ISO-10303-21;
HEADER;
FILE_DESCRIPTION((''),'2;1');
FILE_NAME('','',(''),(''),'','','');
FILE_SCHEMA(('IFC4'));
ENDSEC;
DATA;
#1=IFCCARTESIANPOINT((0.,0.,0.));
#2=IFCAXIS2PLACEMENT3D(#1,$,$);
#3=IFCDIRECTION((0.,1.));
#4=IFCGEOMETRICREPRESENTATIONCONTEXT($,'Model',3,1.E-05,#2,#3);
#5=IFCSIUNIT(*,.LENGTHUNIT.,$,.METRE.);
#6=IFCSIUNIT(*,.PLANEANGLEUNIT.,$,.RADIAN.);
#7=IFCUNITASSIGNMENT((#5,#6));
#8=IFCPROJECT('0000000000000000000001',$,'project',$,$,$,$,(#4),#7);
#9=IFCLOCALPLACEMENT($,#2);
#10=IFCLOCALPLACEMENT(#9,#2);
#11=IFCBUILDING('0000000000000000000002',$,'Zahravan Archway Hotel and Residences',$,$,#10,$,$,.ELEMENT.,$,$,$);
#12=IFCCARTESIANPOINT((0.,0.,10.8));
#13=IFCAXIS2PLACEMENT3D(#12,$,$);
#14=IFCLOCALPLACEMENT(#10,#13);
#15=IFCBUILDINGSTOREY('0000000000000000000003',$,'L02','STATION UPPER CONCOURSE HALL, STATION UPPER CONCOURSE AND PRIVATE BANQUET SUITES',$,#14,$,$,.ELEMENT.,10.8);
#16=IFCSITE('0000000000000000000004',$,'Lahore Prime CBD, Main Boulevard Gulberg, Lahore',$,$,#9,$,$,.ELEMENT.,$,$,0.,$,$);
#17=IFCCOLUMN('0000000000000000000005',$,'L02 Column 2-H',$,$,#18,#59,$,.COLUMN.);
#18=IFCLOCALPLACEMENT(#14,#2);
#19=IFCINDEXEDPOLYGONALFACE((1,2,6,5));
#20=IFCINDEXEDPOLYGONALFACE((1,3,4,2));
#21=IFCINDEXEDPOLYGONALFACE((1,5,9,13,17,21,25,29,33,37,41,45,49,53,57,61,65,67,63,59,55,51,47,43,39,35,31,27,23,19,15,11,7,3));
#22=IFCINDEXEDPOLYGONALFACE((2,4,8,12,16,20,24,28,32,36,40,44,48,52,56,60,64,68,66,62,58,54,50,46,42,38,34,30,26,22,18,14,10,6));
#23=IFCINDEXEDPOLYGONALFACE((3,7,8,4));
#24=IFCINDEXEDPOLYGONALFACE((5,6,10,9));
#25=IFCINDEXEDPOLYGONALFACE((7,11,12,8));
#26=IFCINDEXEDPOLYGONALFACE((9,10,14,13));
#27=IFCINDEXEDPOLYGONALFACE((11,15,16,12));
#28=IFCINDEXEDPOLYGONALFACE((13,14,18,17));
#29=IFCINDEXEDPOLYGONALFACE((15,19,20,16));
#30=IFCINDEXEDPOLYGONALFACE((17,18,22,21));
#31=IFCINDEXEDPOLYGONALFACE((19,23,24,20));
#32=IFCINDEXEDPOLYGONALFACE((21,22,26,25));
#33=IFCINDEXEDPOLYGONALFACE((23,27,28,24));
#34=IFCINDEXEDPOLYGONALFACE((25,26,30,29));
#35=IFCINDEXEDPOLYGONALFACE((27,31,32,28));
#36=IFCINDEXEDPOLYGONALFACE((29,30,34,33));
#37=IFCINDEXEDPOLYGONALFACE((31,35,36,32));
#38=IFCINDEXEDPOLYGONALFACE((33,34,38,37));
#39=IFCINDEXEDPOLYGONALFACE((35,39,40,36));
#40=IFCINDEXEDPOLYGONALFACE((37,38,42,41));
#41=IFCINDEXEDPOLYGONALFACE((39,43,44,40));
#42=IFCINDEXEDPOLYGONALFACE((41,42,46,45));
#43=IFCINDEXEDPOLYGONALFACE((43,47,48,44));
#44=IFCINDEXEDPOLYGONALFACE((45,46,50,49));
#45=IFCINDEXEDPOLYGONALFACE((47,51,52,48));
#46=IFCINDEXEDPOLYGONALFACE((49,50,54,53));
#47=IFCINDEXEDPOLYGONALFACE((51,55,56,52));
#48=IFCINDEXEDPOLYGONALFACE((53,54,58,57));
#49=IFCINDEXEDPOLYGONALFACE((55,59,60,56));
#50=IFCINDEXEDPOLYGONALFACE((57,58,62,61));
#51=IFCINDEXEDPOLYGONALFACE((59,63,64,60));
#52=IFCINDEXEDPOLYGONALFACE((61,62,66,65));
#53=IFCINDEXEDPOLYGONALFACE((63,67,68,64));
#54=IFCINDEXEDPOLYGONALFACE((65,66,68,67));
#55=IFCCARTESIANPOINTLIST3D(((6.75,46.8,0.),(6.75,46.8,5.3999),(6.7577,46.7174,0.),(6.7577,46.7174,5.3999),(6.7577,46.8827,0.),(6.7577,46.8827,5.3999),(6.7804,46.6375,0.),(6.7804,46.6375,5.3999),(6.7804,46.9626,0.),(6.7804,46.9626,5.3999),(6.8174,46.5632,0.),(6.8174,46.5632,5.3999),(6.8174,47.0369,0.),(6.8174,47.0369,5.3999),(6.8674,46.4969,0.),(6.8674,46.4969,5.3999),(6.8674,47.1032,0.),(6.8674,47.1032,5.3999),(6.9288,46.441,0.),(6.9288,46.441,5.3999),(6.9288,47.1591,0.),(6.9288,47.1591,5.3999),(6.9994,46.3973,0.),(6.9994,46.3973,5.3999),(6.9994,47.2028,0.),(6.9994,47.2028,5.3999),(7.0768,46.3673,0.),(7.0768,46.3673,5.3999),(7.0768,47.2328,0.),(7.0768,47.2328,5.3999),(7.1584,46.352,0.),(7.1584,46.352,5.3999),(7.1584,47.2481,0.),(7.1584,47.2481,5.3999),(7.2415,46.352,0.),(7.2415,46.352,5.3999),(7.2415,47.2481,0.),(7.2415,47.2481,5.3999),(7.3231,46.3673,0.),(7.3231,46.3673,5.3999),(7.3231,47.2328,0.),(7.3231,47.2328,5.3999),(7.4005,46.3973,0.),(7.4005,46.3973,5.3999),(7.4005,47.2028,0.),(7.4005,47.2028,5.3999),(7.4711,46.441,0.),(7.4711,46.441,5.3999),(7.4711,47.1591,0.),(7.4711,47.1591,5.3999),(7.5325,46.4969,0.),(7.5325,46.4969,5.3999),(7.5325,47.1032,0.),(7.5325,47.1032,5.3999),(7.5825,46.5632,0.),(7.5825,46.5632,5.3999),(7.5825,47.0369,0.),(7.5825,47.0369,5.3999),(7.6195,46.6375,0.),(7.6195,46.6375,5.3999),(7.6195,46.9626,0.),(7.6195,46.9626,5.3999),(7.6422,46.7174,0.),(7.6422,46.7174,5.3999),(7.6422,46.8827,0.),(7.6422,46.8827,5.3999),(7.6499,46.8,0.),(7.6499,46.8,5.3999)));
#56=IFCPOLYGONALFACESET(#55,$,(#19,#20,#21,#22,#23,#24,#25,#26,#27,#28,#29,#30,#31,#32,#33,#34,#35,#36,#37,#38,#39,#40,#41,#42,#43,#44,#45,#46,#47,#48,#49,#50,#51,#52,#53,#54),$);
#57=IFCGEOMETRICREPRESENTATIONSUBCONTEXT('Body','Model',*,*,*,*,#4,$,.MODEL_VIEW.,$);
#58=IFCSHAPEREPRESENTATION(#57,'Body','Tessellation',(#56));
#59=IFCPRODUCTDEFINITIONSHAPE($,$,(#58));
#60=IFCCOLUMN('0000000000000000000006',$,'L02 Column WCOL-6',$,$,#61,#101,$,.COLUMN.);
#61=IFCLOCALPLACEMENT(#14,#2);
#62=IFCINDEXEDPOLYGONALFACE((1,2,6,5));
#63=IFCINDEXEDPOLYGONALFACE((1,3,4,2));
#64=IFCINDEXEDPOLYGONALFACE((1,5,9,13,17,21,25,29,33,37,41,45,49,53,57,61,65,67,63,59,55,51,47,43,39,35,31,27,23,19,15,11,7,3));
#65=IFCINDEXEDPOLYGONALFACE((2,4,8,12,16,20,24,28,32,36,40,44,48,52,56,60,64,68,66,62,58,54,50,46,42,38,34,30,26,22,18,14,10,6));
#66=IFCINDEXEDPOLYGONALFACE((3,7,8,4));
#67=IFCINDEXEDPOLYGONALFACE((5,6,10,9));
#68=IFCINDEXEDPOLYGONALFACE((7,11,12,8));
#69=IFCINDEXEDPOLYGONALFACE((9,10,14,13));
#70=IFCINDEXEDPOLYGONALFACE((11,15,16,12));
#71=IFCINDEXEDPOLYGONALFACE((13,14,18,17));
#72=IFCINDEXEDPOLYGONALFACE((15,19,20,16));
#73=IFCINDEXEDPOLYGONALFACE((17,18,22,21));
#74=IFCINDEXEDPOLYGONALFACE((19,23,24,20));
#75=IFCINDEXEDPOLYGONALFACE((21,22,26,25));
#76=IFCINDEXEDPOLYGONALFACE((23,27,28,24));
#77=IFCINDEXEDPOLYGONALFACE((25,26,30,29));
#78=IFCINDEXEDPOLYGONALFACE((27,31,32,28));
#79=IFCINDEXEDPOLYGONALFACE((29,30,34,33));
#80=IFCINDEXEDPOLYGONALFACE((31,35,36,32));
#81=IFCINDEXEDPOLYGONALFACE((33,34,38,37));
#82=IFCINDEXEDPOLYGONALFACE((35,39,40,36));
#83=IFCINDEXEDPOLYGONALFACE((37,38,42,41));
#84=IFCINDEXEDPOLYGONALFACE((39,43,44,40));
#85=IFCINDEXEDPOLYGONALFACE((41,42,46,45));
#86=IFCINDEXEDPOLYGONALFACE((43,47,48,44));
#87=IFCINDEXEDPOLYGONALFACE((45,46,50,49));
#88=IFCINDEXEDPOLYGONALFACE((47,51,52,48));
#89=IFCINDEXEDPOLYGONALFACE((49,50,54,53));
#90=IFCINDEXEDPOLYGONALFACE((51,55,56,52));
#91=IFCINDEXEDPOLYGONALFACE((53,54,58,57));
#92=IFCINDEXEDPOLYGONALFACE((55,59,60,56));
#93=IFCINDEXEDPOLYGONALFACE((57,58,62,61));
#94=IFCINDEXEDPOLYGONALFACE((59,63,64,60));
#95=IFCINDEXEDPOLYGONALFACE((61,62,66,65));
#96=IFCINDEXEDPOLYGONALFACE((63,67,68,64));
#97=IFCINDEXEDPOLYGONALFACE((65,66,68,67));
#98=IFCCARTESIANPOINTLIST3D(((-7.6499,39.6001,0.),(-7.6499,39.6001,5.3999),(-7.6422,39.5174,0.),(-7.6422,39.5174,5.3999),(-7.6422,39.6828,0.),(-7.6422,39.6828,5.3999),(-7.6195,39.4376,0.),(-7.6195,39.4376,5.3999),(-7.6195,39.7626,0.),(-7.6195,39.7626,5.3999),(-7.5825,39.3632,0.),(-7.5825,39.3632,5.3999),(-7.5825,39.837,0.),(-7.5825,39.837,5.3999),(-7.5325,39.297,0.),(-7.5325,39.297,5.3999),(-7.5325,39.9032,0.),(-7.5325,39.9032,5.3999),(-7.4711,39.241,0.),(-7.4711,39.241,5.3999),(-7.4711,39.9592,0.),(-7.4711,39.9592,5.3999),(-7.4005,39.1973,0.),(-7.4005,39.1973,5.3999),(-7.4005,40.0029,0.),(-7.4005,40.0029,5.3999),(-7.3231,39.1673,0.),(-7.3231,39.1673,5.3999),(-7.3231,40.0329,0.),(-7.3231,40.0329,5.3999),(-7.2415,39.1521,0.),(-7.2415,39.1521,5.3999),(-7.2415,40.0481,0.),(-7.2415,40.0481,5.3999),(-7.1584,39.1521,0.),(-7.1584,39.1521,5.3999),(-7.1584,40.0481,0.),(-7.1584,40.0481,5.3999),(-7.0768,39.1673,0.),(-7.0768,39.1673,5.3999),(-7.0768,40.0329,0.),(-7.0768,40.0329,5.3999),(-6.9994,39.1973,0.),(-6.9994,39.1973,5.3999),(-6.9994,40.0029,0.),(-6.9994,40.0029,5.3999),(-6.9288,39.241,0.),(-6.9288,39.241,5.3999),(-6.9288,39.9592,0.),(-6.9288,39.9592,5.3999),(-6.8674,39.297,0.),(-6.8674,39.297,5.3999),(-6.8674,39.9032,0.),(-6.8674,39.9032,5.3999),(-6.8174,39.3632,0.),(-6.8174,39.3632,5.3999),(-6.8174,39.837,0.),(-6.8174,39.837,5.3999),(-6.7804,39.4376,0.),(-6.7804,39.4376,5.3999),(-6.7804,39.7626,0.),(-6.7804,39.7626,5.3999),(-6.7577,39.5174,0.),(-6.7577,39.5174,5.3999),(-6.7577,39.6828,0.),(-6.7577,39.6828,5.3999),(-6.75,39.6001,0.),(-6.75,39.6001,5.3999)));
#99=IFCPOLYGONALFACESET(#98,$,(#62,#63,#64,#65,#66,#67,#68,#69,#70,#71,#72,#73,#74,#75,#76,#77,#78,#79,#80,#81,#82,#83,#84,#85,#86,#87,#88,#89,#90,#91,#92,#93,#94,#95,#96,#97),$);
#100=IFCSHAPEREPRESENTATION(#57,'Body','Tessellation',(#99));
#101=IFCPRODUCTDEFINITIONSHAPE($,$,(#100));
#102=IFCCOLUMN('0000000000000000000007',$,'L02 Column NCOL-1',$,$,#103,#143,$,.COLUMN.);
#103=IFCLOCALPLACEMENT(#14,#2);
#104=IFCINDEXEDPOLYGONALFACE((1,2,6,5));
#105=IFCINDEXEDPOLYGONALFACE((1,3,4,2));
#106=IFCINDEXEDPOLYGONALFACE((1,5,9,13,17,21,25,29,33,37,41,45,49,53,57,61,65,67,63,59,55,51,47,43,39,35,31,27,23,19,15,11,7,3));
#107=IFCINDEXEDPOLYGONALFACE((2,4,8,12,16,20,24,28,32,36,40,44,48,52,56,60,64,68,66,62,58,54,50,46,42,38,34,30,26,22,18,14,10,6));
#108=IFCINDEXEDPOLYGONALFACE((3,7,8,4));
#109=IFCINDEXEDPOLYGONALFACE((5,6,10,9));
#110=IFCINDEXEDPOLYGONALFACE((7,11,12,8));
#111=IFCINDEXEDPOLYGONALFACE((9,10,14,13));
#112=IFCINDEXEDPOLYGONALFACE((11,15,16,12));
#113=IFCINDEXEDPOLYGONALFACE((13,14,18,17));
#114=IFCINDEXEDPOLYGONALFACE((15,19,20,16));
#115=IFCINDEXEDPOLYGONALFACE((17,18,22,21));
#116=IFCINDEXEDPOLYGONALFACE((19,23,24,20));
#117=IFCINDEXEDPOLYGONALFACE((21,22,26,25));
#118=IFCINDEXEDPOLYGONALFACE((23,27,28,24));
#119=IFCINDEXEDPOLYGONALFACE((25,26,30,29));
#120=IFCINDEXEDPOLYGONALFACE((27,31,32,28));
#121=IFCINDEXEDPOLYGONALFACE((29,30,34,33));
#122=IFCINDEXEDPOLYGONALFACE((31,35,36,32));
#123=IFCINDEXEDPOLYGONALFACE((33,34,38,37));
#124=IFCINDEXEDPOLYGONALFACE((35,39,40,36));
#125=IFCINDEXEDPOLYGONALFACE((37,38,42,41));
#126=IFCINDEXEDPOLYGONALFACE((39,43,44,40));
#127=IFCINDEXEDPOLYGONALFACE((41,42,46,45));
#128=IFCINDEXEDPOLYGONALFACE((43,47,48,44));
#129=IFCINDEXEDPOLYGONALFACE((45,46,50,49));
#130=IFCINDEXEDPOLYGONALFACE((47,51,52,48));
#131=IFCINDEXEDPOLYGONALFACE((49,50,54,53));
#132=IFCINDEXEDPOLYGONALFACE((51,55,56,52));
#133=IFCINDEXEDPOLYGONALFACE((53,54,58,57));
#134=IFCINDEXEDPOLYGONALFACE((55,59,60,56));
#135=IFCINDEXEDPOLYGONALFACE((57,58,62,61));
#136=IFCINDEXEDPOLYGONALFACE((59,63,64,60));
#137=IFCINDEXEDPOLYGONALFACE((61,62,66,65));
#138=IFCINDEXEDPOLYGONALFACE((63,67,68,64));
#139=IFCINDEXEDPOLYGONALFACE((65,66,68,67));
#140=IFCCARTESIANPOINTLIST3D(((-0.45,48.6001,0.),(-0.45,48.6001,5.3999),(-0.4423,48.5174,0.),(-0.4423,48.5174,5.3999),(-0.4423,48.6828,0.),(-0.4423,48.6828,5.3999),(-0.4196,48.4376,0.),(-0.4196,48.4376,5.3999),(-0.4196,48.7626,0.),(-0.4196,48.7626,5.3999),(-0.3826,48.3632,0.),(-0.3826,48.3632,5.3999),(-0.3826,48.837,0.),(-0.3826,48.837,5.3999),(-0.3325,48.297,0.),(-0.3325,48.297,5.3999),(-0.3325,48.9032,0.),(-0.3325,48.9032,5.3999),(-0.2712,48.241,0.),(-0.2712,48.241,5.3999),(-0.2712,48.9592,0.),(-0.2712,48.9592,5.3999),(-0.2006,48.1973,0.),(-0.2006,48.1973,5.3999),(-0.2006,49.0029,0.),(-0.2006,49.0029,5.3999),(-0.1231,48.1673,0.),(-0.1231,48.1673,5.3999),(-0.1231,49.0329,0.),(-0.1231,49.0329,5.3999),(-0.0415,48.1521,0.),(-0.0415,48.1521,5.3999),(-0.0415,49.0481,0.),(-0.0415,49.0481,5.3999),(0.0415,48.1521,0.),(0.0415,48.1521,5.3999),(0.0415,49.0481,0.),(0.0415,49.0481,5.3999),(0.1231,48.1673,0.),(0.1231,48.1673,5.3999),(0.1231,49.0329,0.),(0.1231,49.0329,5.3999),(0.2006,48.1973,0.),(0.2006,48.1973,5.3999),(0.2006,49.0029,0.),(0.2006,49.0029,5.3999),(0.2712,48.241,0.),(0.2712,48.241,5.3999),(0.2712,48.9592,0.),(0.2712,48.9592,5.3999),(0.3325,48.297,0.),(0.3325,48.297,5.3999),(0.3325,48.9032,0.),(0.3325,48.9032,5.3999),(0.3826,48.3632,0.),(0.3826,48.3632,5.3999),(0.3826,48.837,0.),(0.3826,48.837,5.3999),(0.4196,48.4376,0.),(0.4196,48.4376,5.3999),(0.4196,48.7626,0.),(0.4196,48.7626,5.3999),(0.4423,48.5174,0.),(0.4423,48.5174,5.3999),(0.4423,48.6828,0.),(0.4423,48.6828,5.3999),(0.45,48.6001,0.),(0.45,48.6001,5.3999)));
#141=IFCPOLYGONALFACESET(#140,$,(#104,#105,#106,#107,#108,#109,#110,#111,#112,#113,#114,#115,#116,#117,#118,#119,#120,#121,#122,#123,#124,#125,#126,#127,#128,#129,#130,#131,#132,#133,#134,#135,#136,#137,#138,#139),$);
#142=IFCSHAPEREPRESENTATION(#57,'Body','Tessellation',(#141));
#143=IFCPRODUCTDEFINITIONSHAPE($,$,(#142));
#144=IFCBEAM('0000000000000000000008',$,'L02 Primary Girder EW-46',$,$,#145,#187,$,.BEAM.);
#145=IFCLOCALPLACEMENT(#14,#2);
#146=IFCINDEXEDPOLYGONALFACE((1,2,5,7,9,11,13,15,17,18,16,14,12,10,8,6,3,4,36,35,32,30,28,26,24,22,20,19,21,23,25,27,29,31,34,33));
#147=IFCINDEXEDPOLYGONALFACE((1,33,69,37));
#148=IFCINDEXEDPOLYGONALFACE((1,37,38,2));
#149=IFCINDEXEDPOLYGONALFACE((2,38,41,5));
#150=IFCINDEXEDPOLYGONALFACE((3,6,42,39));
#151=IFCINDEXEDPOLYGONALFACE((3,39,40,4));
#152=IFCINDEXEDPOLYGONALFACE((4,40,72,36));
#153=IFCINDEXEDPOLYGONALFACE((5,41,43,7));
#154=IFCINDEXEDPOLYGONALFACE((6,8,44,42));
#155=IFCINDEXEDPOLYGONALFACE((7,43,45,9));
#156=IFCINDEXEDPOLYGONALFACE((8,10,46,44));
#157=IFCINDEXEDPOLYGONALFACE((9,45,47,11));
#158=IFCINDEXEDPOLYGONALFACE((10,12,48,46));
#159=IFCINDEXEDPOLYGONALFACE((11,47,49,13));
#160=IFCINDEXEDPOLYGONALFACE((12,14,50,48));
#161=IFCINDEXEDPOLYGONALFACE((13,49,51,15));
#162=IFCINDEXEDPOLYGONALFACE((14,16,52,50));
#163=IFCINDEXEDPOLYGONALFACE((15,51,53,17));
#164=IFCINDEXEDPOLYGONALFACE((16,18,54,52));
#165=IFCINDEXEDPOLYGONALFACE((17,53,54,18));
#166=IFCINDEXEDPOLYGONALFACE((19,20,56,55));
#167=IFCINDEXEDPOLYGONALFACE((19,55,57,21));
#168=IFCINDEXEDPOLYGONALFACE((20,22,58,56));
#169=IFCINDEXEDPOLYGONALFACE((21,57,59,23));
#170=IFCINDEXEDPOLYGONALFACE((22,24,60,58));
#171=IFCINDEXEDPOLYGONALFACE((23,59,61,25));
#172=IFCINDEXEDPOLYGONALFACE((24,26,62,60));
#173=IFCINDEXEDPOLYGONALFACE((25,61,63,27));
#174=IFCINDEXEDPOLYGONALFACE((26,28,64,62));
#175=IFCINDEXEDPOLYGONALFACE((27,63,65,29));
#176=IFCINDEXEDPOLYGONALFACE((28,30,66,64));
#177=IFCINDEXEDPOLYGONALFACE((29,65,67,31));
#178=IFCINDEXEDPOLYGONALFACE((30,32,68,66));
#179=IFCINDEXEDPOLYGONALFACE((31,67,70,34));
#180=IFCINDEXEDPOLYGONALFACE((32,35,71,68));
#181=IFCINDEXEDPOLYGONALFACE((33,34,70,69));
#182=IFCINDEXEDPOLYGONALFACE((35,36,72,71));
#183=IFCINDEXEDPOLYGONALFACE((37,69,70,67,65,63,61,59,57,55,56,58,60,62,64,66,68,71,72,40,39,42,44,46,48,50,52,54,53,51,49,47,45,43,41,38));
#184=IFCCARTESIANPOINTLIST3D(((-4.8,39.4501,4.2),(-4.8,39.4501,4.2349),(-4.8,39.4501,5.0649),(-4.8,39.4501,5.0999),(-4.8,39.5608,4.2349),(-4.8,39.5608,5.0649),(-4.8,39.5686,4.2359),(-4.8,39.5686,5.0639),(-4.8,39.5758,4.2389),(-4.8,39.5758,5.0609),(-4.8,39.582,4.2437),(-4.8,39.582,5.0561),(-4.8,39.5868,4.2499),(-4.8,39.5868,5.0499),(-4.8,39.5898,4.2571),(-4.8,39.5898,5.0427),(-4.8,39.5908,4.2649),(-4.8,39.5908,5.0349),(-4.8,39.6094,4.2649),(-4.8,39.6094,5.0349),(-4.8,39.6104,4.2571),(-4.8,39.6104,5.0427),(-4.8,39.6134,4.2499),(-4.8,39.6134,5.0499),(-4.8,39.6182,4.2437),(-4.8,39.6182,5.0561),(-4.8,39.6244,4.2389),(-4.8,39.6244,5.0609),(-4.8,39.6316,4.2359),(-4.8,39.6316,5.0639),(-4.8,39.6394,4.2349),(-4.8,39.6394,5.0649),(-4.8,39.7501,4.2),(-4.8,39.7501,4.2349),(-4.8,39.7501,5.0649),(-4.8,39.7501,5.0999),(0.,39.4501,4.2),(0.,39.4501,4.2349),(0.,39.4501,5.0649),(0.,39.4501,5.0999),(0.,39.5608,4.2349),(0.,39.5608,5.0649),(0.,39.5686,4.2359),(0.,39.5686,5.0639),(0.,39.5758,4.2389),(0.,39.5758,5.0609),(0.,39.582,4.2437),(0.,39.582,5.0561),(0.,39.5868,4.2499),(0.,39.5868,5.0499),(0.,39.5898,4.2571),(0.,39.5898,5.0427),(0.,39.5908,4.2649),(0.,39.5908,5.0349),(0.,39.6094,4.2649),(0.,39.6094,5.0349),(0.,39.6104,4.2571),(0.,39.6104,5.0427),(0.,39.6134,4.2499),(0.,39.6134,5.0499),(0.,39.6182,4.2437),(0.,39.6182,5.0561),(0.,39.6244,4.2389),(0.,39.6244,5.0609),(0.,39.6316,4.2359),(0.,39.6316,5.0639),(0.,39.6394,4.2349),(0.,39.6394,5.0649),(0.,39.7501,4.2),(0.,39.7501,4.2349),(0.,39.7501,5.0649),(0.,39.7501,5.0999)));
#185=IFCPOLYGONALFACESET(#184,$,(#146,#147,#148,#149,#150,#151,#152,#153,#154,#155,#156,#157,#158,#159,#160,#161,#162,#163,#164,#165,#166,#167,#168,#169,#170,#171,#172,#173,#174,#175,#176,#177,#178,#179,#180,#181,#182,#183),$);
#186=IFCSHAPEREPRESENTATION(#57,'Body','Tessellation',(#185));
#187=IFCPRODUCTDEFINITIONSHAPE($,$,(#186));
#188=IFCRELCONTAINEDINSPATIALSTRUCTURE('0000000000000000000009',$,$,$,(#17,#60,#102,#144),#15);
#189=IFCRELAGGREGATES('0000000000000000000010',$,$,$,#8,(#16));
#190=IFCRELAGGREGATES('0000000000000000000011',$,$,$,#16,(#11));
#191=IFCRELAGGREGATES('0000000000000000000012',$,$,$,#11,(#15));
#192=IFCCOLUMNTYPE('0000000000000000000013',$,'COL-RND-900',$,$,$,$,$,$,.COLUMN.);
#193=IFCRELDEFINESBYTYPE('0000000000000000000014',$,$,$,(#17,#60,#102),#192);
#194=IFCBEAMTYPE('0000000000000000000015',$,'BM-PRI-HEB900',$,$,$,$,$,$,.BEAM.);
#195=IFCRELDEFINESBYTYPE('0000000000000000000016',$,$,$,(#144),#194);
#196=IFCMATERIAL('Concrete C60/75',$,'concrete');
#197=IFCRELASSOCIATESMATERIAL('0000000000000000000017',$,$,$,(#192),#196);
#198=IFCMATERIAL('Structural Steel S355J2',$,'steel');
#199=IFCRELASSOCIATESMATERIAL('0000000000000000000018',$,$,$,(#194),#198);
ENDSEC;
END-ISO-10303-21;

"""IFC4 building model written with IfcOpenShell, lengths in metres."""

from ifc_helpers import new_model, si_unit, direction, frame, origin, origin_2d, place, context, subcontext, project, spatial, circle, i_section, extrude, source, transform, mapped, material, material_profile, profile_set, type_object, type_shapes, element, save


model = new_model("IFC4")

# Units and contexts
model_context = context("Model", 3, precision=1e-05, world=origin(), true_north=direction((0.0, 1.0)))
body_context = subcontext(model_context, "Body", "Model", "MODEL_VIEW")
ifc_project = project(units=[si_unit("LENGTHUNIT", "METRE"), si_unit("PLANEANGLEUNIT", "RADIAN")], contexts=[model_context])

# Site, building, storey
site_placement = place(None, origin())
site = spatial("IfcSite", under=ifc_project, at=site_placement, Name="Lahore Prime CBD, Main Boulevard Gulberg, Lahore", CompositionType="ELEMENT", RefElevation=0.0)
building_placement = place(site_placement, origin())
building = spatial("IfcBuilding", under=site, at=building_placement, Name="Zahravan Archway Hotel and Residences", CompositionType="ELEMENT")
storey_placement = place(building_placement, frame((0.0, 0.0, 10.8)))
storey = spatial("IfcBuildingStorey", under=building, at=storey_placement, Name="L02", Description="STATION UPPER CONCOURSE HALL, STATION UPPER CONCOURSE AND PRIVATE BANQUET SUITES", CompositionType="ELEMENT", Elevation=10.8)

# Columns
ifc_material_1 = material(Name="Concrete C60/75", Category="concrete")
ifc_material_profile_1 = material_profile(ifc_material_1, circle(Radius=0.45, at=origin_2d()), Name="RC-CIRC-900", Category="concrete")
ifc_profile_set_1 = profile_set([ifc_material_profile_1], Name="Concrete C60/75")
column_type = type_object("IfcColumnType", Name="COL-RND-900", PredefinedType="COLUMN", material=ifc_profile_set_1)
shared_shape_1 = source(origin(), body_context, "Body", "SweptSolid", [
    extrude(circle(Radius=0.45, at=origin_2d()), origin(), (0.0, 0.0, 1.0), 5.3999),
])
type_shapes(column_type, [shared_shape_1])
for number, where, z_axis, x_axis, name in (
    (1, (7.2, 46.8, 0.0), (0.0, 0.0, 1.0), (1.0, 0.0, 0.0), "L02 Column 2-H"),
    (2, (-7.2, 39.6001, 0.0), (0.0, 0.0, 1.0), (1.0, 0.0, 0.0), "L02 Column WCOL-6"),
    (3, (0.0, 48.6001, 0.0), (0.0, 0.0, 1.0), (1.0, 0.0, 0.0), "L02 Column NCOL-1"),
):
    element("IfcColumn", number, at=place(storey_placement, frame(where, z_axis=z_axis, x_axis=x_axis)), inside=storey, type_object=column_type, Name=name, PredefinedType="COLUMN", context=body_context, shape_type="MappedRepresentation", body=[
        mapped(shared_shape_1, transform((0.0, 0.0, 0.0), scale=1.0)),
    ])

# Beam
ifc_material_2 = material(Name="Structural Steel S355J2", Category="steel")
ifc_material_profile_2 = material_profile(ifc_material_2, i_section(OverallWidth=0.3, OverallDepth=0.8999, WebThickness=0.0186, FlangeThickness=0.0349, FilletRadius=0.03, at=origin_2d()), Name="HEB 900", Category="steel")
ifc_profile_set_2 = profile_set([ifc_material_profile_2], Name="Structural Steel S355J2")
beam_type_1 = type_object("IfcBeamType", Name="BM-PRI-HEB900", PredefinedType="BEAM", material=ifc_profile_set_2)
shared_shape_2 = source(origin(), body_context, "Body", "SweptSolid", [
    extrude(i_section(OverallWidth=0.3, OverallDepth=0.8999, WebThickness=0.0186, FlangeThickness=0.0349, FilletRadius=0.03, at=origin_2d()), origin(), (0.0, 0.0, 1.0), 4.8),
])
type_shapes(beam_type_1, [shared_shape_2])
for number, where, z_axis, x_axis, name in (
    (4, (-4.8, 39.6001, 4.6499), (1.0, 0.0, 0.0), (0.0, 1.0, 0.0), "L02 Primary Girder EW-46"),
):
    element("IfcBeam", number, at=place(storey_placement, frame(where, z_axis=z_axis, x_axis=x_axis)), inside=storey, type_object=beam_type_1, Name=name, PredefinedType="BEAM", context=body_context, shape_type="MappedRepresentation", body=[
        mapped(shared_shape_2, transform((0.0, 0.0, 0.0), scale=1.0)),
    ])

save(model, "model.ifc")
